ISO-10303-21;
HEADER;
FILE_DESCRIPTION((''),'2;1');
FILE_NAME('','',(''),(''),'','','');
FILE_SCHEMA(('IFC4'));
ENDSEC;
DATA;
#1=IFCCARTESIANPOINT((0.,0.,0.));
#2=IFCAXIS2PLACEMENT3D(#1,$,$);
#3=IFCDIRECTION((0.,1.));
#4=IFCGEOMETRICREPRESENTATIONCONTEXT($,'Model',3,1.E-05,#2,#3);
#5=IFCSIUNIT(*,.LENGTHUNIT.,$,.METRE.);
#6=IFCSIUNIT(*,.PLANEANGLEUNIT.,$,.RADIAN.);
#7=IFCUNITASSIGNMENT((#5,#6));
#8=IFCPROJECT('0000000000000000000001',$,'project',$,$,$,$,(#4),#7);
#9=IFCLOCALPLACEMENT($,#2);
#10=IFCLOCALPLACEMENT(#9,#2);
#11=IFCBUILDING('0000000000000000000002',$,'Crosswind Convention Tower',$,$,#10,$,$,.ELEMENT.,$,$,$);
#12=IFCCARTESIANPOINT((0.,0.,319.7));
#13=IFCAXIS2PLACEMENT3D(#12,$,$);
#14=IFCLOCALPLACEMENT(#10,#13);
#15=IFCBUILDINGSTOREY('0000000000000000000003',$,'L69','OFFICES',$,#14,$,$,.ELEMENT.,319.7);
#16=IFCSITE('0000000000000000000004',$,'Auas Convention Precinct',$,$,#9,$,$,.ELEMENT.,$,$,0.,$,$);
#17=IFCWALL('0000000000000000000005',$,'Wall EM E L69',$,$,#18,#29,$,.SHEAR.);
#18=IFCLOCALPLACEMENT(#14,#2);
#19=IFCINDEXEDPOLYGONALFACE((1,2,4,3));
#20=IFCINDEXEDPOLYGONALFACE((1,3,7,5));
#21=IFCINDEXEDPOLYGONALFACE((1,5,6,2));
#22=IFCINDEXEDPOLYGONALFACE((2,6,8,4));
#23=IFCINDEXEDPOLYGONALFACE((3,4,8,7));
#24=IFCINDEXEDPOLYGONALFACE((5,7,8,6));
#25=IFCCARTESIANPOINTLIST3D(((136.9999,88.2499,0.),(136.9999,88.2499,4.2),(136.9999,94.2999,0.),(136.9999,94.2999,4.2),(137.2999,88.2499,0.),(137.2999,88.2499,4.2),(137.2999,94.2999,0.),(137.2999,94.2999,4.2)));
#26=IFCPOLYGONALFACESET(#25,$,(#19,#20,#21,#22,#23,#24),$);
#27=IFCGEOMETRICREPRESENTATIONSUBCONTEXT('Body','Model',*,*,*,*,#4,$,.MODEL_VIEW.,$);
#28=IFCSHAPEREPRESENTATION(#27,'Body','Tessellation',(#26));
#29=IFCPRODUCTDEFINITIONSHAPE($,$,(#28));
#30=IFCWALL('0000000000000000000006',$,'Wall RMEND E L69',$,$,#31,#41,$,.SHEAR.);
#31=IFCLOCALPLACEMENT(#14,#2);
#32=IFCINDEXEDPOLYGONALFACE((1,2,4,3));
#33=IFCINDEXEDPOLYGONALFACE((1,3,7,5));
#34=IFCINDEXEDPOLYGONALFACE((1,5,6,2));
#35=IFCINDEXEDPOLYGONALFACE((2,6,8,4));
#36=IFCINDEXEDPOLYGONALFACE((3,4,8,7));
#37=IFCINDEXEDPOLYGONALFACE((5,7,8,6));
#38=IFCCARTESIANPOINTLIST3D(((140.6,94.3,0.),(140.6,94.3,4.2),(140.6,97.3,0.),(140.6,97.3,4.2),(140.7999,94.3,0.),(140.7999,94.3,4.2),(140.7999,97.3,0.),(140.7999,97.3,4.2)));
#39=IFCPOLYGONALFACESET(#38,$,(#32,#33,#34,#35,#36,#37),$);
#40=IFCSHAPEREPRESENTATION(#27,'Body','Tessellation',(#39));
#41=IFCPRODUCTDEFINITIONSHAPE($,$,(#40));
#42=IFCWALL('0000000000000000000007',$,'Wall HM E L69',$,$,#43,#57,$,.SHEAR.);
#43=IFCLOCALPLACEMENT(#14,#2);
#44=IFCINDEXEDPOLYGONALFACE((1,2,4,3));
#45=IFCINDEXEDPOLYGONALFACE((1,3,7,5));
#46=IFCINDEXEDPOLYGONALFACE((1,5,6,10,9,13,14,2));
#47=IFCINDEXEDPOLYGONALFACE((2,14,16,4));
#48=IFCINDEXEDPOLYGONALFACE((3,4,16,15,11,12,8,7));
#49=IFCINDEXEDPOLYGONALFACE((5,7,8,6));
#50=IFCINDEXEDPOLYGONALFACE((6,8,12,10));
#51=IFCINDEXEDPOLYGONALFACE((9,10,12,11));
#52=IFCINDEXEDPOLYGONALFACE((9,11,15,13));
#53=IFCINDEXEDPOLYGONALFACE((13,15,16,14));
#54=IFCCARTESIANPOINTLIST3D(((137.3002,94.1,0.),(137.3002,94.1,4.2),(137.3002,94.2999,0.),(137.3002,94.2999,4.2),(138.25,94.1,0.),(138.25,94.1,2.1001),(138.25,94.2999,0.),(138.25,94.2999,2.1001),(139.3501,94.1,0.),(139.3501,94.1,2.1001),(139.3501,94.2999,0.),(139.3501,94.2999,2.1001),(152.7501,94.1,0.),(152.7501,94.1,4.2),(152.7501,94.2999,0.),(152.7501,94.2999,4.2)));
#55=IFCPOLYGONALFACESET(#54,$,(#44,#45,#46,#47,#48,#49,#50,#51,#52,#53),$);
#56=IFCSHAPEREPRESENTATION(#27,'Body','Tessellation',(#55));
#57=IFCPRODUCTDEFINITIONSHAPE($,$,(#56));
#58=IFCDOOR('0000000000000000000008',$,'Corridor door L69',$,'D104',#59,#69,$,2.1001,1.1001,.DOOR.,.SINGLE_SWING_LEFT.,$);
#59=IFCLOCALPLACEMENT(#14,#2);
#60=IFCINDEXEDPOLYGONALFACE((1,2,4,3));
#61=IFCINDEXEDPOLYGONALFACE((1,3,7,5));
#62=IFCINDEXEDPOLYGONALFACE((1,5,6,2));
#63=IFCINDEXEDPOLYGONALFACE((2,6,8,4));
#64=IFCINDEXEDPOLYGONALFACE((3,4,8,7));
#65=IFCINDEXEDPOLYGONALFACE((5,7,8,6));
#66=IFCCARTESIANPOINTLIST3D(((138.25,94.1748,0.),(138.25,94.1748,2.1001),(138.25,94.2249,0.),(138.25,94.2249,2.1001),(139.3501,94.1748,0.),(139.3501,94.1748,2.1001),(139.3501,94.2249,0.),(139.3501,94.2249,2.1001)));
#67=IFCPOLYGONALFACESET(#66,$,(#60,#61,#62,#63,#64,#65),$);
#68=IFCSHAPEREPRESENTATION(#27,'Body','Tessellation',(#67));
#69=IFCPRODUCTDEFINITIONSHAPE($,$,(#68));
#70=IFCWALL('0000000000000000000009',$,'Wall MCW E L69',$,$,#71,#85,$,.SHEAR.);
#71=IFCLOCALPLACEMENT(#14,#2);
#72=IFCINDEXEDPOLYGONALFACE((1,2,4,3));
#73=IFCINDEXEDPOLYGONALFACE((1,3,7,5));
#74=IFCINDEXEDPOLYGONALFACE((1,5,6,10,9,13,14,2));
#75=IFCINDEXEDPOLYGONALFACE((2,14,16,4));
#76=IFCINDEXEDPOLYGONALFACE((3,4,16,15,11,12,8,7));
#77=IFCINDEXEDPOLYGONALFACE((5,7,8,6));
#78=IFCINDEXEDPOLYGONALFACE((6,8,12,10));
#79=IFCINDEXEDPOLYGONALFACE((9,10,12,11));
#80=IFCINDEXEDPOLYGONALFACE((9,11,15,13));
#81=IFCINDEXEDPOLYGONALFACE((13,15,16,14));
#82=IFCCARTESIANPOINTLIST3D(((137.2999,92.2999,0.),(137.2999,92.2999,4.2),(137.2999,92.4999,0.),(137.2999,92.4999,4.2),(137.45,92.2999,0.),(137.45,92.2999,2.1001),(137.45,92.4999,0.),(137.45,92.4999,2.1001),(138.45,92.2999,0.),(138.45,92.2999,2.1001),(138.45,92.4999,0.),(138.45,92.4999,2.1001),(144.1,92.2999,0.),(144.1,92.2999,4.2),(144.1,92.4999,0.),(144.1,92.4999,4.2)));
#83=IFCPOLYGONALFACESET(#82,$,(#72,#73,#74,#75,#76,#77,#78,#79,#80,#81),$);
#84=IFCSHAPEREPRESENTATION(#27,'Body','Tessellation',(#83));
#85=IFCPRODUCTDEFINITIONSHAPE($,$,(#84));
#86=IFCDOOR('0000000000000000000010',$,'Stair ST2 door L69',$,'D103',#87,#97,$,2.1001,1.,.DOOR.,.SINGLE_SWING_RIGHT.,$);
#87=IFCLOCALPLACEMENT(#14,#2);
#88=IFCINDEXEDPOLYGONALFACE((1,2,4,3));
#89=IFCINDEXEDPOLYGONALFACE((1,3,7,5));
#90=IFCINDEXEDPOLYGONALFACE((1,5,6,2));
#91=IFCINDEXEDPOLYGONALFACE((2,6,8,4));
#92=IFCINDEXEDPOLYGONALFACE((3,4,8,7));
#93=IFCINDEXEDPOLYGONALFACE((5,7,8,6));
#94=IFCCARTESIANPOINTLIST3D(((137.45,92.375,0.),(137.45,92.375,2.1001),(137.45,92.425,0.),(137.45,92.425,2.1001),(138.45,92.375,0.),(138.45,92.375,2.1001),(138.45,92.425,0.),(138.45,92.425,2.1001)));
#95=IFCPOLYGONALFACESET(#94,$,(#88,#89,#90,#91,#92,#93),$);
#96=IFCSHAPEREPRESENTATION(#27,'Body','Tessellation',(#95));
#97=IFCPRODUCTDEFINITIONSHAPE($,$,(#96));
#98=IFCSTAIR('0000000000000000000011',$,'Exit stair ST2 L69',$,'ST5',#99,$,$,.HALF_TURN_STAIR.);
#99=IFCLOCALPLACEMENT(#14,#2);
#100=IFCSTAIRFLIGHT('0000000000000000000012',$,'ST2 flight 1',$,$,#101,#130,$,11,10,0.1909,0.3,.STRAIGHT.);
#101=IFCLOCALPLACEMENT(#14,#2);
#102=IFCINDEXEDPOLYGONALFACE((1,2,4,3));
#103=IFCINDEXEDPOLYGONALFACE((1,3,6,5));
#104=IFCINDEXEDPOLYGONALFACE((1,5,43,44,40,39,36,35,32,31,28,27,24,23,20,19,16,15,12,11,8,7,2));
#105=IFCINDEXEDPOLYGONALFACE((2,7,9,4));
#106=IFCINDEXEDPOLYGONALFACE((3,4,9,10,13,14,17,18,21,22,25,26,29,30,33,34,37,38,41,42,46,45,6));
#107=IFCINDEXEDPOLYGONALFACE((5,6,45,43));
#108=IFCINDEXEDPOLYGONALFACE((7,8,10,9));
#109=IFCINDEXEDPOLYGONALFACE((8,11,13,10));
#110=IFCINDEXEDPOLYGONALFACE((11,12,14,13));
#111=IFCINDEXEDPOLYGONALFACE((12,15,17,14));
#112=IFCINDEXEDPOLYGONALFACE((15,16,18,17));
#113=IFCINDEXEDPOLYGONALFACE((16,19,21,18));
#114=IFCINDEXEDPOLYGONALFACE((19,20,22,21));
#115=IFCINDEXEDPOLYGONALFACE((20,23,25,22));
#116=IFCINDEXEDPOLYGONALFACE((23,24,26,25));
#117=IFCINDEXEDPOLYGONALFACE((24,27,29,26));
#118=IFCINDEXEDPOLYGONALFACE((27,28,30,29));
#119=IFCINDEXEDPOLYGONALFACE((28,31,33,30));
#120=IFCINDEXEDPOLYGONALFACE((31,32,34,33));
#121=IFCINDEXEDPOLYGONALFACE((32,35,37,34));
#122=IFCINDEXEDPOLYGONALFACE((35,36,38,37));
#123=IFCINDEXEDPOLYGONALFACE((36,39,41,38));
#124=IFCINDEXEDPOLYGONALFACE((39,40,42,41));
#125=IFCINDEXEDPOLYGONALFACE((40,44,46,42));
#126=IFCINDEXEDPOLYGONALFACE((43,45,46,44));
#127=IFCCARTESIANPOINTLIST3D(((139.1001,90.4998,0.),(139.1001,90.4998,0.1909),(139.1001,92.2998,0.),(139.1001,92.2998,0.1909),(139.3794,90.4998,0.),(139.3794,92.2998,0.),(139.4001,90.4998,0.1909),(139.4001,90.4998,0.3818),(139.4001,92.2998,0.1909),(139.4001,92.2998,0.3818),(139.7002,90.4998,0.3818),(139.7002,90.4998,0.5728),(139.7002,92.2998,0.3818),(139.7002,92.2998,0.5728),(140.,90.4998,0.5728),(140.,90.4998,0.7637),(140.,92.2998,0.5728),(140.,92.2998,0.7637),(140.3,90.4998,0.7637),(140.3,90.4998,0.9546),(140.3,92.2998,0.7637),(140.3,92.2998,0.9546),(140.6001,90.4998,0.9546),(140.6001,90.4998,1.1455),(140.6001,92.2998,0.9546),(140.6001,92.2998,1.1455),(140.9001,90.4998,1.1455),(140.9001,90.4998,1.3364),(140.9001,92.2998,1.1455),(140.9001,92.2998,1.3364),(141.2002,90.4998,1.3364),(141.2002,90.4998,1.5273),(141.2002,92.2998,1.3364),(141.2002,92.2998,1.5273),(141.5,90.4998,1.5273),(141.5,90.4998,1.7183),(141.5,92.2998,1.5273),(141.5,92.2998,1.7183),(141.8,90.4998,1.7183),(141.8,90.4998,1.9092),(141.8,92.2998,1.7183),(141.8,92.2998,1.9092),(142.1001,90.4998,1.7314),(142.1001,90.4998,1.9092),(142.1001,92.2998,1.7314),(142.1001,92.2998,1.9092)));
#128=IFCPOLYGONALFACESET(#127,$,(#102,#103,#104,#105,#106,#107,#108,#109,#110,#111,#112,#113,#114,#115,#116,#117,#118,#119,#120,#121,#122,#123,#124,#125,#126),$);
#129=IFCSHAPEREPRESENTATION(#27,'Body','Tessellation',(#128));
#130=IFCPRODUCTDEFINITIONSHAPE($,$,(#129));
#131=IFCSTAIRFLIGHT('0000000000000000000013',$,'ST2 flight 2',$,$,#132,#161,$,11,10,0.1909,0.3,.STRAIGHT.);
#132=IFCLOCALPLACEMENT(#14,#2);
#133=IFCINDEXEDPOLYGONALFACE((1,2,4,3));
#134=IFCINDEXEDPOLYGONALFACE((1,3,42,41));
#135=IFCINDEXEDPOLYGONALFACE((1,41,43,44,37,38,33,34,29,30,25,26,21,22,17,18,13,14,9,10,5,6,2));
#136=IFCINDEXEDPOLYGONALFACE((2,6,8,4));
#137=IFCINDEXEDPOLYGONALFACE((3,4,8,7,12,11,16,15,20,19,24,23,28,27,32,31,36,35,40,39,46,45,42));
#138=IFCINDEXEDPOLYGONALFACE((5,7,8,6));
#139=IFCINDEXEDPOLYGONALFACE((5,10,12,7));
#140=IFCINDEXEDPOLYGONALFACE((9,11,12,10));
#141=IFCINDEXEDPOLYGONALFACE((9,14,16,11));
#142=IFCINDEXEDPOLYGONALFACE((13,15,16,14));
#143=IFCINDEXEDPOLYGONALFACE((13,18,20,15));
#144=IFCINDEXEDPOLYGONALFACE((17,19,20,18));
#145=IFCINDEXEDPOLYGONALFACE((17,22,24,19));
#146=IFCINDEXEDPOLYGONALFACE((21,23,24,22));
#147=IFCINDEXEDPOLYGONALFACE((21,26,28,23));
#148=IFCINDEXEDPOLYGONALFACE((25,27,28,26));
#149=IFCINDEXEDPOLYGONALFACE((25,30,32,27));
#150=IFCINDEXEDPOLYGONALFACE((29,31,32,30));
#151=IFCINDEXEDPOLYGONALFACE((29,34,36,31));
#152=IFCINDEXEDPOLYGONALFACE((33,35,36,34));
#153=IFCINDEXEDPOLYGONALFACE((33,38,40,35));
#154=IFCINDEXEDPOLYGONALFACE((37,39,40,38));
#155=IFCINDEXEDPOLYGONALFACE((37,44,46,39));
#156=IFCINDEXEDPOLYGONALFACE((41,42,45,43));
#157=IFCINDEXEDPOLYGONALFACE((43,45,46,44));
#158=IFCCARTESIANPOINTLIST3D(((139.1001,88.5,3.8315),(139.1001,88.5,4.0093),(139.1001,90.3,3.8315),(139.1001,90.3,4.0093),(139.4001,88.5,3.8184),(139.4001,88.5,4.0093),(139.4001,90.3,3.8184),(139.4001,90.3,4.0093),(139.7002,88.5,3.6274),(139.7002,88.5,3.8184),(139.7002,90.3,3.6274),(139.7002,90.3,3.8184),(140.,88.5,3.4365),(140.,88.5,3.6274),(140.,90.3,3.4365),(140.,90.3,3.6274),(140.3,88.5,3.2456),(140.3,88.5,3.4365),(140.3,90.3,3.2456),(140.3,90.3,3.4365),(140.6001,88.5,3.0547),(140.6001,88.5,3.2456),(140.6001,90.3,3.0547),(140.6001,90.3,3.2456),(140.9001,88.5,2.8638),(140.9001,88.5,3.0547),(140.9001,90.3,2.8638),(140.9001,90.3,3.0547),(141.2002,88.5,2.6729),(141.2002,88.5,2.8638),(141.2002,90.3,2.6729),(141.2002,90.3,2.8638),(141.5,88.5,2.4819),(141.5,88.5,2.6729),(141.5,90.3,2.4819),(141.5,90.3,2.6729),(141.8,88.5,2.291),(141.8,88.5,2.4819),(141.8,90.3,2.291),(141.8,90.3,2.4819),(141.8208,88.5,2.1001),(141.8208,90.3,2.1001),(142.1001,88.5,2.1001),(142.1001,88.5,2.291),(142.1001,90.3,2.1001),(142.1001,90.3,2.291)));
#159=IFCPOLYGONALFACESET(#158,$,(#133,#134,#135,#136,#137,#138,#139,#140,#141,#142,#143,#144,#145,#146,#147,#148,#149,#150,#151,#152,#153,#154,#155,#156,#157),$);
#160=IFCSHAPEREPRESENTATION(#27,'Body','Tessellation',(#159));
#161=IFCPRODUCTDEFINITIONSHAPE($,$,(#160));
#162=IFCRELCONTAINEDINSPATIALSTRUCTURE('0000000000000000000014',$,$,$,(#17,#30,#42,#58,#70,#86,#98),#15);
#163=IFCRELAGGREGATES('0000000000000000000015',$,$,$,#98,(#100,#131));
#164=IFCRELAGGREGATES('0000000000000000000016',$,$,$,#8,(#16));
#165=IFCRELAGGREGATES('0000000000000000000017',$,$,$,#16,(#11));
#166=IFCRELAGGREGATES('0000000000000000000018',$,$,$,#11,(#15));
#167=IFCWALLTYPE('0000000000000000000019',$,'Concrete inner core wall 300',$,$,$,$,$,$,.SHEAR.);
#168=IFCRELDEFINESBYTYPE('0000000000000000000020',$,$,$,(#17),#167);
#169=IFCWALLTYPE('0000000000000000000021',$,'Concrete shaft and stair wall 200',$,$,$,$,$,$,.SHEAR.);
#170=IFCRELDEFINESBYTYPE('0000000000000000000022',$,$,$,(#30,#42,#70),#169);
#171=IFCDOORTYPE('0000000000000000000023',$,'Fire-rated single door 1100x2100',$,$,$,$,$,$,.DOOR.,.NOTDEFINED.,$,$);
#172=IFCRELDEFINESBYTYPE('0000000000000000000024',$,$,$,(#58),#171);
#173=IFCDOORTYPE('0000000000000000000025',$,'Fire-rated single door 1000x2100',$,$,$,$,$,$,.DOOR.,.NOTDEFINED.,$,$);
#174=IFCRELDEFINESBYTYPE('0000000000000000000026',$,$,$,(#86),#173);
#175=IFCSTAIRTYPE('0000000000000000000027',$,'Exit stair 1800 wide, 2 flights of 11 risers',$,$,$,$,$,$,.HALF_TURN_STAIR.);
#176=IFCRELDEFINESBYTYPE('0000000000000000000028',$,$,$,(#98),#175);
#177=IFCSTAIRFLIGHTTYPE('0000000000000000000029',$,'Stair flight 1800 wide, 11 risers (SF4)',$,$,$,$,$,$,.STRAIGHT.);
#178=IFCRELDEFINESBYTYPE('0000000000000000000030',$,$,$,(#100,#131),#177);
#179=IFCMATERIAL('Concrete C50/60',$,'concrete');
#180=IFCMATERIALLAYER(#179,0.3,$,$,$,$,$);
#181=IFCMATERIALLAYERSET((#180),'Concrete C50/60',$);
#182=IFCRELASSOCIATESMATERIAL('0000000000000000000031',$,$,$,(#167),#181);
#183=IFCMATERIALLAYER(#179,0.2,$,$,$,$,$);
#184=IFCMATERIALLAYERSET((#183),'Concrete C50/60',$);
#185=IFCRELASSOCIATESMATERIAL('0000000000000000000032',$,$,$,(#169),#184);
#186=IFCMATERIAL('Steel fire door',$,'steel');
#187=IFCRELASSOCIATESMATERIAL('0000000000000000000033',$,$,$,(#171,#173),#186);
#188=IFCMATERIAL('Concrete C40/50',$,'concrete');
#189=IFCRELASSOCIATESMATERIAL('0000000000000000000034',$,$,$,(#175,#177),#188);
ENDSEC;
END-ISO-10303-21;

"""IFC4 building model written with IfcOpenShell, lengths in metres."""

from ifc_helpers import new_model, si_unit, direction, frame, frame_2d, origin, place, context, subcontext, project, spatial, polyline, rectangle, outline, extrude, material, layer, layer_set, type_object, element, fill, aggregate, save


model = new_model("IFC4")

# Units and contexts
model_context = context("Model", 3, precision=1e-05, world=origin(), true_north=direction((0.0, 1.0)))
body_context = subcontext(model_context, "Body", "Model", "MODEL_VIEW")
ifc_project = project(units=[si_unit("LENGTHUNIT", "METRE"), si_unit("PLANEANGLEUNIT", "RADIAN")], contexts=[model_context])

# Site, building, storey
site_placement = place(None, origin())
site = spatial("IfcSite", under=ifc_project, at=site_placement, Name="Auas Convention Precinct", CompositionType="ELEMENT", RefElevation=0.0)
building_placement = place(site_placement, origin())
building = spatial("IfcBuilding", under=site, at=building_placement, Name="Crosswind Convention Tower", CompositionType="ELEMENT")
storey_placement = place(building_placement, frame((0.0, 0.0, 319.7)))
storey = spatial("IfcBuildingStorey", under=building, at=storey_placement, Name="L69", Description="OFFICES", CompositionType="ELEMENT", Elevation=319.7)

# Shared definitions
ifc_material_1 = material(Name="Concrete C50/60", Category="concrete")
ifc_layer_1 = layer(ifc_material_1, 0.3)
ifc_layer_set_1 = layer_set([ifc_layer_1], Name="Concrete C50/60")
wall_type_1 = type_object("IfcWallType", Name="Concrete inner core wall 300", PredefinedType="SHEAR", material=ifc_layer_set_1)

# Walls
wall_1_placement = place(storey_placement, frame((137.1499, 88.25, 0.0), z_axis=(0.0, 0.0, 1.0), x_axis=(0.0, 1.0, 0.0)))
element("IfcWall", 1, at=wall_1_placement, inside=storey, type_object=wall_type_1, Name="Wall EM E L69", PredefinedType="SHEAR", context=body_context, shape_type="SweptSolid", body=[
    extrude(rectangle(XDim=6.05, YDim=0.3, at=frame_2d((3.0249, 0.0))), origin(), (0.0, 0.0, 1.0), 4.2),
])
ifc_layer_2 = layer(ifc_material_1, 0.2)
ifc_layer_set_2 = layer_set([ifc_layer_2], Name="Concrete C50/60")
wall_type_2 = type_object("IfcWallType", Name="Concrete shaft and stair wall 200", PredefinedType="SHEAR", material=ifc_layer_set_2)
wall_2_placement = place(storey_placement, frame((140.7, 94.3, 0.0), z_axis=(0.0, 0.0, 1.0), x_axis=(0.0, 1.0, 0.0)))
element("IfcWall", 2, at=wall_2_placement, inside=storey, type_object=wall_type_2, Name="Wall RMEND E L69", PredefinedType="SHEAR", context=body_context, shape_type="SweptSolid", body=[
    extrude(rectangle(XDim=3.0, YDim=0.2, at=frame_2d((1.5, 0.0))), origin(), (0.0, 0.0, 1.0), 4.2),
])

# Walls, openings, doors
wall_3_placement = place(storey_placement, frame((137.3, 94.2, 0.0), z_axis=(0.0, 0.0, 1.0), x_axis=(1.0, 0.0, 0.0)))
wall_3 = element("IfcWall", 3, at=wall_3_placement, inside=storey, type_object=wall_type_2, Name="Wall HM E L69", PredefinedType="SHEAR", context=body_context, shape_type="SweptSolid", body=[
    extrude(rectangle(XDim=15.45, YDim=0.2, at=frame_2d((7.7251, 0.0))), origin(), (0.0, 0.0, 1.0), 4.2),
])
opening_1_placement = place(wall_3_placement, frame((0.95, 0.0, 0.0)))
opening_1 = element("IfcOpeningElement", 4, at=opening_1_placement, cuts=wall_3, PredefinedType="OPENING", context=body_context, shape_type="SweptSolid", body=[
    extrude(rectangle(XDim=1.1001, YDim=2.1001, at=frame_2d((0.55, 1.05))), frame((0.0, 0.1099, 0.0), z_axis=(0.0, -1.0, 0.0), x_axis=(1.0, 0.0, 0.0)), (0.0, 0.0, 1.0), 0.22),
])
ifc_material_2 = material(Name="Steel fire door", Category="steel")
door_type_1 = type_object("IfcDoorType", Name="Fire-rated single door 1100x2100", OperationType="NOTDEFINED", PredefinedType="DOOR", material=ifc_material_2)
door_1_placement = place(opening_1_placement, origin())
door_1 = element("IfcDoor", 5, at=door_1_placement, inside=storey, type_object=door_type_1, Name="Corridor door L69", ObjectType="D104", OperationType="SINGLE_SWING_LEFT", OverallHeight=2.1001, OverallWidth=1.1001, PredefinedType="DOOR", context=body_context, shape_type="SweptSolid", body=[
    extrude(rectangle(XDim=1.1001, YDim=2.1001, at=frame_2d((0.55, 1.05))), frame((0.0, 0.0249, 0.0), z_axis=(0.0, -1.0, 0.0), x_axis=(1.0, 0.0, 0.0)), (0.0, 0.0, 1.0), 0.05),
])
fill(opening_1, door_1)
wall_4_placement = place(storey_placement, frame((137.3, 92.3999, 0.0), z_axis=(0.0, 0.0, 1.0), x_axis=(1.0, 0.0, 0.0)))
wall_4 = element("IfcWall", 6, at=wall_4_placement, inside=storey, type_object=wall_type_2, Name="Wall MCW E L69", PredefinedType="SHEAR", context=body_context, shape_type="SweptSolid", body=[
    extrude(rectangle(XDim=6.8, YDim=0.2, at=frame_2d((3.3999, 0.0))), origin(), (0.0, 0.0, 1.0), 4.2),
])
opening_2_placement = place(wall_4_placement, frame((0.1499, 0.0, 0.0)))
opening_2 = element("IfcOpeningElement", 7, at=opening_2_placement, cuts=wall_4, PredefinedType="OPENING", context=body_context, shape_type="SweptSolid", body=[
    extrude(rectangle(XDim=1.0, YDim=2.1001, at=frame_2d((0.5, 1.05))), frame((0.0, 0.1099, 0.0), z_axis=(0.0, -1.0, 0.0), x_axis=(1.0, 0.0, 0.0)), (0.0, 0.0, 1.0), 0.22),
])
door_type_2 = type_object("IfcDoorType", Name="Fire-rated single door 1000x2100", OperationType="NOTDEFINED", PredefinedType="DOOR", material=ifc_material_2)
door_2_placement = place(opening_2_placement, frame((1.0, 0.0, 0.0), z_axis=(0.0, 0.0, 1.0), x_axis=(-1.0, 0.0, 0.0)))
door_2 = element("IfcDoor", 8, at=door_2_placement, inside=storey, type_object=door_type_2, Name="Stair ST2 door L69", ObjectType="D103", OperationType="SINGLE_SWING_RIGHT", OverallHeight=2.1001, OverallWidth=1.0, PredefinedType="DOOR", context=body_context, shape_type="SweptSolid", body=[
    extrude(rectangle(XDim=1.0, YDim=2.1001, at=frame_2d((0.5, 1.05))), frame((0.0, 0.0249, 0.0), z_axis=(0.0, -1.0, 0.0), x_axis=(1.0, 0.0, 0.0)), (0.0, 0.0, 1.0), 0.05),
])
fill(opening_2, door_2)

# Stair, stair flights
ifc_material_3 = material(Name="Concrete C40/50", Category="concrete")
stair_type = type_object("IfcStairType", Name="Exit stair 1800 wide, 2 flights of 11 risers", PredefinedType="HALF_TURN_STAIR", material=ifc_material_3)
stair_placement = place(storey_placement, origin())
stair = element("IfcStair", 9, at=stair_placement, inside=storey, type_object=stair_type, Name="Exit stair ST2 L69", ObjectType="ST5", PredefinedType="HALF_TURN_STAIR")
stair_flight_type = type_object("IfcStairFlightType", Name="Stair flight 1800 wide, 11 risers (SF4)", PredefinedType="STRAIGHT", material=ifc_material_3)
stair_flight_1_placement = place(storey_placement, frame((139.1001, 91.3999, 0.0), z_axis=(0.0, 0.0, 1.0), x_axis=(1.0, 0.0, 0.0)))
stair_flight_1 = element("IfcStairFlight", 10, at=stair_flight_1_placement, type_object=stair_flight_type, Name="ST2 flight 1", NumberOfRisers=11, NumberOfTreads=10, PredefinedType="STRAIGHT", RiserHeight=0.1909, TreadLength=0.3, context=body_context, shape_type="SweptSolid", body=[
    extrude(outline(polyline([(0.0, 0.0), (0.0, 0.1909), (0.3, 0.1909), (0.3, 0.3818), (0.6001, 0.3818), (0.6001, 0.5728), (0.8999, 0.5728), (0.8999, 0.7637), (1.2, 0.7637), (1.2, 0.9546), (1.5, 0.9546), (1.5, 1.1455), (1.8, 1.1455), (1.8, 1.3364), (2.1001, 1.3364), (2.1001, 1.5273), (2.3999, 1.5273), (2.3999, 1.7183), (2.7, 1.7183), (2.7, 1.9092), (3.0, 1.9092), (3.0, 2.1001), (3.0, 1.7314), (0.2793, 0.0), (0.0, 0.0)])), frame((0.0, 0.8999, 0.0), z_axis=(0.0, -1.0, 0.0), x_axis=(1.0, 0.0, 0.0)), (0.0, 0.0, 1.0), 1.8),
])
stair_flight_2_placement = place(storey_placement, frame((142.1001, 89.3999, 2.1001), z_axis=(0.0, 0.0, 1.0), x_axis=(-1.0, 0.0, 0.0)))
stair_flight_2 = element("IfcStairFlight", 11, at=stair_flight_2_placement, type_object=stair_flight_type, Name="ST2 flight 2", NumberOfRisers=11, NumberOfTreads=10, PredefinedType="STRAIGHT", RiserHeight=0.1909, TreadLength=0.3, context=body_context, shape_type="SweptSolid", body=[
    extrude(outline(polyline([(0.0, 0.0), (0.0, 0.1909), (0.3, 0.1909), (0.3, 0.3818), (0.6001, 0.3818), (0.6001, 0.5728), (0.8999, 0.5728), (0.8999, 0.7637), (1.2, 0.7637), (1.2, 0.9546), (1.5, 0.9546), (1.5, 1.1455), (1.8, 1.1455), (1.8, 1.3364), (2.1001, 1.3364), (2.1001, 1.5273), (2.3999, 1.5273), (2.3999, 1.7183), (2.7, 1.7183), (2.7, 1.9092), (3.0, 1.9092), (3.0, 2.1001), (3.0, 1.7314), (0.2793, 0.0), (0.0, 0.0)])), frame((0.0, 0.8999, 0.0), z_axis=(0.0, -1.0, 0.0), x_axis=(1.0, 0.0, 0.0)), (0.0, 0.0, 1.0), 1.8),
])
aggregate(stair, [stair_flight_1, stair_flight_2])

save(model, "model.ifc")
